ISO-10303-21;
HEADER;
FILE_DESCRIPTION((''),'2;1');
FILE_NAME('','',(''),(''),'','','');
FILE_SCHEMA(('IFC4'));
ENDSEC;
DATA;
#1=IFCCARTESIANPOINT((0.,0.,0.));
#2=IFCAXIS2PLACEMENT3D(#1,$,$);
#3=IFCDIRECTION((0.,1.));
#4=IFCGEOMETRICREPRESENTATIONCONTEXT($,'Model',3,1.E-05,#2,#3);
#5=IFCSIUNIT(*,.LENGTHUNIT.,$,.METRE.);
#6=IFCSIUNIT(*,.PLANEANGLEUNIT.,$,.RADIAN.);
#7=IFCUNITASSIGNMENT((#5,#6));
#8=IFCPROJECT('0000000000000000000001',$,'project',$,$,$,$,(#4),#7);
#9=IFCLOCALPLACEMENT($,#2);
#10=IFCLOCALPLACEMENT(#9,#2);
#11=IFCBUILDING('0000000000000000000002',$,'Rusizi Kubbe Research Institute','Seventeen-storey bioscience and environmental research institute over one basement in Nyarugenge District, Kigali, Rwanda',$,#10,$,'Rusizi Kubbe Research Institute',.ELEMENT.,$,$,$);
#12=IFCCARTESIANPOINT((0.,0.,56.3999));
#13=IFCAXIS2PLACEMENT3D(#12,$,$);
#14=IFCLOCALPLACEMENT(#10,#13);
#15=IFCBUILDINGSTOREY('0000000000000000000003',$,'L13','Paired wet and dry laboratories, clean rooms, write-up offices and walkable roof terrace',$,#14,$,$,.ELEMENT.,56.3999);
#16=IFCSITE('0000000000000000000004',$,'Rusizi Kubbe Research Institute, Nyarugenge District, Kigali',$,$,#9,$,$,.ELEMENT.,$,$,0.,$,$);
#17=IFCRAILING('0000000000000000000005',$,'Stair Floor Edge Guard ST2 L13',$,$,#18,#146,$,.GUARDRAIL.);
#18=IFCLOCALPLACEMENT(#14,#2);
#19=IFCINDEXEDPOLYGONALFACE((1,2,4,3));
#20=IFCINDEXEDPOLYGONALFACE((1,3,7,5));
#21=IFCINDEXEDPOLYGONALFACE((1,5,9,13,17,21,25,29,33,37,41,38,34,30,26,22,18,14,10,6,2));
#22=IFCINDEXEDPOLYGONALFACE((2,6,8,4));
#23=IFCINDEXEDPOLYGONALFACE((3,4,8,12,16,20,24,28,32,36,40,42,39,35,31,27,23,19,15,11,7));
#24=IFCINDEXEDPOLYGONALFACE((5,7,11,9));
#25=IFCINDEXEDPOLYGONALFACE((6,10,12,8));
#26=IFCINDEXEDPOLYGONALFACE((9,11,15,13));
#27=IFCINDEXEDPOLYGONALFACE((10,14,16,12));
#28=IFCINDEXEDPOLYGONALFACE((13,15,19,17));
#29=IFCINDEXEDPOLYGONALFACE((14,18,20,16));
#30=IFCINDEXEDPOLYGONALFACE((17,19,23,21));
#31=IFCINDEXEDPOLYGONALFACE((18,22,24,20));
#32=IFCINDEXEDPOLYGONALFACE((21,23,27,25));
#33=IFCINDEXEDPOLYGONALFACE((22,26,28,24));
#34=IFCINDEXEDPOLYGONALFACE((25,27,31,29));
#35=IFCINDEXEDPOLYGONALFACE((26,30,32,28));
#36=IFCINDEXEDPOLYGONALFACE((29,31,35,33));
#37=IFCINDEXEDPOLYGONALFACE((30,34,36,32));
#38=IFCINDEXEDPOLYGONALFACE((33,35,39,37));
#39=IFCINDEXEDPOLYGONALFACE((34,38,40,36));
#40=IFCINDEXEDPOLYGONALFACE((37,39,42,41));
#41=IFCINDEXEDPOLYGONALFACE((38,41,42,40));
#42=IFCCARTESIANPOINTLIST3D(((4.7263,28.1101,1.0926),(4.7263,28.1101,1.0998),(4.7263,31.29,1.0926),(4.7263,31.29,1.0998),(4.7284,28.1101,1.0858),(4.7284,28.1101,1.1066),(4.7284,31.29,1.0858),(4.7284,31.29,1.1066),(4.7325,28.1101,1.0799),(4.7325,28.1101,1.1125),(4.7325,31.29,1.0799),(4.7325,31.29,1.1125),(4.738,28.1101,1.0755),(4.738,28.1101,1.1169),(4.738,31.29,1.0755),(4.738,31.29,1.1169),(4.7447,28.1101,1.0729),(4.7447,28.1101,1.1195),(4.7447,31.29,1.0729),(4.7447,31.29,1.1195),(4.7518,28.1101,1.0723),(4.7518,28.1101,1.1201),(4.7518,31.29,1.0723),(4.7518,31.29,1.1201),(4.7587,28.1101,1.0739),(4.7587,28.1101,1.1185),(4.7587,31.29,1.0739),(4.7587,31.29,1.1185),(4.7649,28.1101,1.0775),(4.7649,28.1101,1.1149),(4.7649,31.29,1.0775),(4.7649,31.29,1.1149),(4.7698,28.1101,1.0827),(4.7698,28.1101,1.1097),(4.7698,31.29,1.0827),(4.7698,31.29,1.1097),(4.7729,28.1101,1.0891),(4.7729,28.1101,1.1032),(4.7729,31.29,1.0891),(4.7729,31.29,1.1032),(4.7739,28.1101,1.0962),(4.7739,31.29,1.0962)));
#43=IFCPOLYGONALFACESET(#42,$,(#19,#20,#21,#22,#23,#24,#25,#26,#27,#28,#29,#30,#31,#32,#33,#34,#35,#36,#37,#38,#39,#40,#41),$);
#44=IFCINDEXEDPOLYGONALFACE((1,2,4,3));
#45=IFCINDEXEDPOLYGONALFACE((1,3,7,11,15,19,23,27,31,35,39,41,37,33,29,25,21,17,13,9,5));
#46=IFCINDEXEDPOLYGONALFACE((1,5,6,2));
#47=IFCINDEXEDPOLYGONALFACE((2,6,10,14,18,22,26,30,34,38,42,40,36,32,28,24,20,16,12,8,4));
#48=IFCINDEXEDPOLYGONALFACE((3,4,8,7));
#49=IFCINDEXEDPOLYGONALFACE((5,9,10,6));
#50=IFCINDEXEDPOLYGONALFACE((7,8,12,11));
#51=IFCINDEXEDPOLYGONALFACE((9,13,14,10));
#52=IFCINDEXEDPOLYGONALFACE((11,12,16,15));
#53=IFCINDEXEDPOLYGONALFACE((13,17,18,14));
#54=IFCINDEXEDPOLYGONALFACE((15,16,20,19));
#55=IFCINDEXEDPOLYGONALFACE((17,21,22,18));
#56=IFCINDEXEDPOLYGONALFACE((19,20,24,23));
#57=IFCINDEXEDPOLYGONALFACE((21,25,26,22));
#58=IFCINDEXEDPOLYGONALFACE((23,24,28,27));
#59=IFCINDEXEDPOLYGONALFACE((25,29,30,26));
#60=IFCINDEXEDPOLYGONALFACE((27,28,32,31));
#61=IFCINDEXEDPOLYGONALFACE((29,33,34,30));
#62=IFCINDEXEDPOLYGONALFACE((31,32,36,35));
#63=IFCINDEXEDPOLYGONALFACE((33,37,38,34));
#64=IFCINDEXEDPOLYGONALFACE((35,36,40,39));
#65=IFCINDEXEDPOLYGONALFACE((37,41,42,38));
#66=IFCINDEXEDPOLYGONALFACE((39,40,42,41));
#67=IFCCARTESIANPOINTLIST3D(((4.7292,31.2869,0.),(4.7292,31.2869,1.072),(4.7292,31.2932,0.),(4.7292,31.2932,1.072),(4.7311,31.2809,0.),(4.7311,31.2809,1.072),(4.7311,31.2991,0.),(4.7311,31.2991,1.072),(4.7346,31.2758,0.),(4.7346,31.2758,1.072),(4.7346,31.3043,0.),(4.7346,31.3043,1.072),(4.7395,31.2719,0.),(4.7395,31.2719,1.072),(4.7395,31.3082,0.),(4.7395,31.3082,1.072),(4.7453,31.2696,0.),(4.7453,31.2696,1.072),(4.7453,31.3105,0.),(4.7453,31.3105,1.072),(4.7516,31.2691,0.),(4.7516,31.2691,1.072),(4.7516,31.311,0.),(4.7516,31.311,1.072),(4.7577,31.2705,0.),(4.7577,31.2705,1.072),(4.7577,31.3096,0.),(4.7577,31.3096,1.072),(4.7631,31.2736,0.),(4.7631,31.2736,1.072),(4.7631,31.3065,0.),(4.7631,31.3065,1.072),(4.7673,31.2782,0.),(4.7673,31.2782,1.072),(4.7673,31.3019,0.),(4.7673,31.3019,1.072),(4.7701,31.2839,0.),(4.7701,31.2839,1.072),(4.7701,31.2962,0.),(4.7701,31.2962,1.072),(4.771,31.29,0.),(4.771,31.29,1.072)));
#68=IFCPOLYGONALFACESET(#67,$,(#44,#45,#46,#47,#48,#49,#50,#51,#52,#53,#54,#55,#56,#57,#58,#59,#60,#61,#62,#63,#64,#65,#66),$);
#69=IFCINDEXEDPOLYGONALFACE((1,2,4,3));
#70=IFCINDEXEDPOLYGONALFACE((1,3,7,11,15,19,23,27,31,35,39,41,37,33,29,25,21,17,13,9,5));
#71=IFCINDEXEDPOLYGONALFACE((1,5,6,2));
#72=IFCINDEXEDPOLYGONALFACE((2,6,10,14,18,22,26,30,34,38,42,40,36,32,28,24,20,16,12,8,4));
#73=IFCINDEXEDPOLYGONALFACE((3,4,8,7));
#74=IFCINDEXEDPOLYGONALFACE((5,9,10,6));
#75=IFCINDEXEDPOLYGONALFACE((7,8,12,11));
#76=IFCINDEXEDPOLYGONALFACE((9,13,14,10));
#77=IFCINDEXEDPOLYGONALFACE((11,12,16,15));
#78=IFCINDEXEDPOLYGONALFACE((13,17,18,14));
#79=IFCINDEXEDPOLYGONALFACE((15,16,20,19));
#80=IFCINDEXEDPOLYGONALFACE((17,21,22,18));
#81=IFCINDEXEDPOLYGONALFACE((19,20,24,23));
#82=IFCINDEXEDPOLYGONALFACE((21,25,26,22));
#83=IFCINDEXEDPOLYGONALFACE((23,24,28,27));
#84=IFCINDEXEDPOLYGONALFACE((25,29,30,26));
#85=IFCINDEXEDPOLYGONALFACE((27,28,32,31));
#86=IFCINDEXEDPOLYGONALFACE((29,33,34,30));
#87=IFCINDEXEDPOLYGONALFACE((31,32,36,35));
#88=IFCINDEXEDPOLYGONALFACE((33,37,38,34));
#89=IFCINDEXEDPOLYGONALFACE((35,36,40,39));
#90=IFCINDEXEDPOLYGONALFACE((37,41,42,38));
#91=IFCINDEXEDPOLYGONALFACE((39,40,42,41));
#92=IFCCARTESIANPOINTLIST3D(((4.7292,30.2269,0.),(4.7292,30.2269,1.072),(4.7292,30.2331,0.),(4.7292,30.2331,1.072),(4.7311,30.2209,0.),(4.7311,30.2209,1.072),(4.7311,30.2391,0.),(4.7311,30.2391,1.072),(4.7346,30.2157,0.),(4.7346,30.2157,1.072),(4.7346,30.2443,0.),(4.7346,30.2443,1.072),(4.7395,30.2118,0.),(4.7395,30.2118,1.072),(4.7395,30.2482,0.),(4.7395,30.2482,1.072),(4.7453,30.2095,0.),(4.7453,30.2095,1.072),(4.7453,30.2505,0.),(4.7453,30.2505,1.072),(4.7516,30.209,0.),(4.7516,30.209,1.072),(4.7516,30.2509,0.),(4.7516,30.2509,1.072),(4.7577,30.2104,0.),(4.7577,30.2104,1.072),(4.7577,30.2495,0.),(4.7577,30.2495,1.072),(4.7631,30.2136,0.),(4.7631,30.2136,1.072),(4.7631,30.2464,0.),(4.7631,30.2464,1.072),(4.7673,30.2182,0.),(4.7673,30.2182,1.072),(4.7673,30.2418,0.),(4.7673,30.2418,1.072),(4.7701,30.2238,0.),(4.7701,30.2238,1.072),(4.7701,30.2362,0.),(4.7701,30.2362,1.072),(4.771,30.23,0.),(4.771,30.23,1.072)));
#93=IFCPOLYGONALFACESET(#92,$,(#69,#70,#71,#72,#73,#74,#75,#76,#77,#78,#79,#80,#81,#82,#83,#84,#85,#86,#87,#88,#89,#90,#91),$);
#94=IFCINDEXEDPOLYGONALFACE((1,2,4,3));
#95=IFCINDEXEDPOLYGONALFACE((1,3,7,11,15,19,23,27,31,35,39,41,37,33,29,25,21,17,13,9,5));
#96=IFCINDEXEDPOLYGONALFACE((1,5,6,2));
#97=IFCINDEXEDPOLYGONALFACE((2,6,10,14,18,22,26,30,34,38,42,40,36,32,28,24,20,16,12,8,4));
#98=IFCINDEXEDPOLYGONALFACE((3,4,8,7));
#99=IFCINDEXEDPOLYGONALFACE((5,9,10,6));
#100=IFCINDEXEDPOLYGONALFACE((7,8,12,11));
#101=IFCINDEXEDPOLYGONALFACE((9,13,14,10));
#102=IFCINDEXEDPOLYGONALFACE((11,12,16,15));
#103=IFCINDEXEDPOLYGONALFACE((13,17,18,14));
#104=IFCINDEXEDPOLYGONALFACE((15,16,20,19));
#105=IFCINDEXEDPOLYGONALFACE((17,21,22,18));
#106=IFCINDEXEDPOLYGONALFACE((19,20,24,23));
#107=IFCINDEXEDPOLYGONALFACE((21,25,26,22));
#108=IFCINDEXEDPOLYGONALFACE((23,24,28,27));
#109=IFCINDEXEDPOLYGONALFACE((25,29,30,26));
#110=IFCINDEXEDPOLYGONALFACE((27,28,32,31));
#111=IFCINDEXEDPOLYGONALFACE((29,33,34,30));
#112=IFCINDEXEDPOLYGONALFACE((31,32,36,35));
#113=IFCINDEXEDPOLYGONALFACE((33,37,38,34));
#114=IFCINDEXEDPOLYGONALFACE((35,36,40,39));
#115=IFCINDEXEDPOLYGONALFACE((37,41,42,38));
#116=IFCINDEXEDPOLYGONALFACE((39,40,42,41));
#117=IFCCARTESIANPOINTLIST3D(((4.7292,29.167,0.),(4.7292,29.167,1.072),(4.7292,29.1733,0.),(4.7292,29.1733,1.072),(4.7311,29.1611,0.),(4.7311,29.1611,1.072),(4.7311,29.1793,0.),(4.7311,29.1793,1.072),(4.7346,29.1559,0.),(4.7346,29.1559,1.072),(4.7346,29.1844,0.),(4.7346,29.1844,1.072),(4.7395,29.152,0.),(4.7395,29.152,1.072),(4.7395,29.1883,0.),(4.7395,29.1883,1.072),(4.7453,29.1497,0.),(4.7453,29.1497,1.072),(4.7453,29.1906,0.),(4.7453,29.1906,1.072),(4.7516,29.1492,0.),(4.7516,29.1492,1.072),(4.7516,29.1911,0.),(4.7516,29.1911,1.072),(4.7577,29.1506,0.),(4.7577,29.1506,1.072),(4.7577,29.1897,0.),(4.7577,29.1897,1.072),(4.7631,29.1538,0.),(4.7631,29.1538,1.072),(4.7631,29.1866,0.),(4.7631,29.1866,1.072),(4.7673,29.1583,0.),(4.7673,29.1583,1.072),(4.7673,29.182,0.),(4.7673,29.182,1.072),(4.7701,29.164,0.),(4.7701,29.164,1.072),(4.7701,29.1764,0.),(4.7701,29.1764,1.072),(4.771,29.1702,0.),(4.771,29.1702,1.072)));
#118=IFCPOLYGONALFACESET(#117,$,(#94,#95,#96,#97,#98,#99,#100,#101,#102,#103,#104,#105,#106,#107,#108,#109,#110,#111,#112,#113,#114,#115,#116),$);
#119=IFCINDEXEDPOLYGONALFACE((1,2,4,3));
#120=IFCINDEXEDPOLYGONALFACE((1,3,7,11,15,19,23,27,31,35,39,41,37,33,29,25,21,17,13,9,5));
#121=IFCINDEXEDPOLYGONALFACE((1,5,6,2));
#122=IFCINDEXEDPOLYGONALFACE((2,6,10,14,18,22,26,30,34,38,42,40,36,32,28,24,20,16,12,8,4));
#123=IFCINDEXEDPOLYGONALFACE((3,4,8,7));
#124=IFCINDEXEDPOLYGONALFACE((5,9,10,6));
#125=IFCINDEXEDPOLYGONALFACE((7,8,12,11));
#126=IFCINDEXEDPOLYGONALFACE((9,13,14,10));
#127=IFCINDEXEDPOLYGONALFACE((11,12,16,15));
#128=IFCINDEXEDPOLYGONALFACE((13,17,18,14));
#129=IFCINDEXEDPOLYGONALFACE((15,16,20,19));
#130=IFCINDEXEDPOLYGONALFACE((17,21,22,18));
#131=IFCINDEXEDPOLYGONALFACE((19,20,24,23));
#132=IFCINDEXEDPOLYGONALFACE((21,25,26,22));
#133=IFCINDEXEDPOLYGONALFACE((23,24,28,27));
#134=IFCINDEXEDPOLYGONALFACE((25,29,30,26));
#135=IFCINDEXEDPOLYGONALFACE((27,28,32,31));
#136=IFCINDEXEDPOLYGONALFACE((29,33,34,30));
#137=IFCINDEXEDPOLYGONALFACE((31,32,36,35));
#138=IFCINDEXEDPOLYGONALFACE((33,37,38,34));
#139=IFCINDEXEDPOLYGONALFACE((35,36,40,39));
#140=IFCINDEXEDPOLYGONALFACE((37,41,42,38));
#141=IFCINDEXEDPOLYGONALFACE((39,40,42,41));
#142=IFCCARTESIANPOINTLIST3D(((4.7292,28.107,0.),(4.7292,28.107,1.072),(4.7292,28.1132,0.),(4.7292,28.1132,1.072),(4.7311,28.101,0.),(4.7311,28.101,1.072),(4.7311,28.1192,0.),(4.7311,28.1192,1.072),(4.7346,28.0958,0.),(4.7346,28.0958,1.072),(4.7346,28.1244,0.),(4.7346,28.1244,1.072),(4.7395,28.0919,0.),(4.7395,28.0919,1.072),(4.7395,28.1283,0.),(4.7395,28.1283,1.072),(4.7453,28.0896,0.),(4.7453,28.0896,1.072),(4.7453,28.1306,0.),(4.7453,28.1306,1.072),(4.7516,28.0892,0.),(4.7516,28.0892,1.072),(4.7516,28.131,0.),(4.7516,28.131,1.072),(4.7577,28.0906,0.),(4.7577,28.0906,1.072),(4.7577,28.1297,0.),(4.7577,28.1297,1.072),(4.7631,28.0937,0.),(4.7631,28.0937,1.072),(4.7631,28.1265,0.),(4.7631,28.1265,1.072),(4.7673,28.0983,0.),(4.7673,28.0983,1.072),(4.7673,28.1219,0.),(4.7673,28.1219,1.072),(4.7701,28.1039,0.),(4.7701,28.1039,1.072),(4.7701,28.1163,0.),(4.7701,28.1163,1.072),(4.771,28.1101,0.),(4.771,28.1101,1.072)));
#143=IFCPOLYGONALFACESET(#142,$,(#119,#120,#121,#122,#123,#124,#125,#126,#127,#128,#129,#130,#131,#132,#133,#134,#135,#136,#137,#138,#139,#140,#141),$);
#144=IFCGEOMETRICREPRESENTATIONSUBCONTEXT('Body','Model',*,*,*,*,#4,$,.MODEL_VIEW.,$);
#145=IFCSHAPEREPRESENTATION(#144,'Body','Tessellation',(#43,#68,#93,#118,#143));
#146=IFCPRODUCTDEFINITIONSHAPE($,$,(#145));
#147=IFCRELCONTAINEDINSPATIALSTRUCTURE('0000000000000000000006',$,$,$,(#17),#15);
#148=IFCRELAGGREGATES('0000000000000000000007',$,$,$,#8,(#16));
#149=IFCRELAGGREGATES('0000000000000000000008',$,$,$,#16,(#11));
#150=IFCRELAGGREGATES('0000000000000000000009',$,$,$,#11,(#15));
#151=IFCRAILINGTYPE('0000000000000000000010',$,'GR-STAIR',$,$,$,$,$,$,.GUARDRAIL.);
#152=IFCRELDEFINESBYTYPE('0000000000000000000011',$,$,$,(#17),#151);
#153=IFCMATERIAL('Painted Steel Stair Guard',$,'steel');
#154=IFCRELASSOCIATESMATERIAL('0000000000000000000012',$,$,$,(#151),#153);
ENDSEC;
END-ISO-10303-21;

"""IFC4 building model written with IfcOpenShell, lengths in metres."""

from ifc_helpers import new_model, si_unit, direction, frame, origin, origin_2d, place, context, subcontext, project, spatial, circle, extrude, material, type_object, element, save


model = new_model("IFC4")

# Units and contexts
model_context = context("Model", 3, precision=1e-05, world=origin(), true_north=direction((0.0, 1.0)))
body_context = subcontext(model_context, "Body", "Model", "MODEL_VIEW")
ifc_project = project(units=[si_unit("LENGTHUNIT", "METRE"), si_unit("PLANEANGLEUNIT", "RADIAN")], contexts=[model_context])

# Site, building, storey
site_placement = place(None, origin())
site = spatial("IfcSite", under=ifc_project, at=site_placement, Name="Rusizi Kubbe Research Institute, Nyarugenge District, Kigali", CompositionType="ELEMENT", RefElevation=0.0)
building_placement = place(site_placement, origin())
building = spatial("IfcBuilding", under=site, at=building_placement, Name="Rusizi Kubbe Research Institute", Description="Seventeen-storey bioscience and environmental research institute over one basement in Nyarugenge District, Kigali, Rwanda", LongName="Rusizi Kubbe Research Institute", CompositionType="ELEMENT")
storey_placement = place(building_placement, frame((0.0, 0.0, 56.3999)))
storey = spatial("IfcBuildingStorey", under=building, at=storey_placement, Name="L13", Description="Paired wet and dry laboratories, clean rooms, write-up offices and walkable roof terrace", CompositionType="ELEMENT", Elevation=56.3999)

# Railing
ifc_material_1 = material(Name="Painted Steel Stair Guard", Category="steel")
railing_type_1 = type_object("IfcRailingType", Name="GR-STAIR", PredefinedType="GUARDRAIL", material=ifc_material_1)
railing_1_placement = place(storey_placement, frame((4.75, 31.29, 0.0)))
element("IfcRailing", 1, at=railing_1_placement, inside=storey, type_object=railing_type_1, Name="Stair Floor Edge Guard ST2 L13", PredefinedType="GUARDRAIL", context=body_context, shape_type="SweptSolid", body=[
    extrude(circle(Radius=0.0239, at=origin_2d()), frame((0.0, 0.0, 1.0962), z_axis=(0.0, -1.0, 0.0), x_axis=(1.0, 0.0, 0.0)), (0.0, 0.0, 1.0), 3.1799),
    extrude(circle(Radius=0.021, at=origin_2d()), origin(), (0.0, 0.0, 1.0), 1.072),
    extrude(circle(Radius=0.021, at=origin_2d()), frame((0.0, -1.0601, 0.0)), (0.0, 0.0, 1.0), 1.072),
    extrude(circle(Radius=0.021, at=origin_2d()), frame((0.0, -2.1199, 0.0)), (0.0, 0.0, 1.0), 1.072),
    extrude(circle(Radius=0.021, at=origin_2d()), frame((0.0, -3.1799, 0.0)), (0.0, 0.0, 1.0), 1.072),
])

save(model, "model.ifc")
